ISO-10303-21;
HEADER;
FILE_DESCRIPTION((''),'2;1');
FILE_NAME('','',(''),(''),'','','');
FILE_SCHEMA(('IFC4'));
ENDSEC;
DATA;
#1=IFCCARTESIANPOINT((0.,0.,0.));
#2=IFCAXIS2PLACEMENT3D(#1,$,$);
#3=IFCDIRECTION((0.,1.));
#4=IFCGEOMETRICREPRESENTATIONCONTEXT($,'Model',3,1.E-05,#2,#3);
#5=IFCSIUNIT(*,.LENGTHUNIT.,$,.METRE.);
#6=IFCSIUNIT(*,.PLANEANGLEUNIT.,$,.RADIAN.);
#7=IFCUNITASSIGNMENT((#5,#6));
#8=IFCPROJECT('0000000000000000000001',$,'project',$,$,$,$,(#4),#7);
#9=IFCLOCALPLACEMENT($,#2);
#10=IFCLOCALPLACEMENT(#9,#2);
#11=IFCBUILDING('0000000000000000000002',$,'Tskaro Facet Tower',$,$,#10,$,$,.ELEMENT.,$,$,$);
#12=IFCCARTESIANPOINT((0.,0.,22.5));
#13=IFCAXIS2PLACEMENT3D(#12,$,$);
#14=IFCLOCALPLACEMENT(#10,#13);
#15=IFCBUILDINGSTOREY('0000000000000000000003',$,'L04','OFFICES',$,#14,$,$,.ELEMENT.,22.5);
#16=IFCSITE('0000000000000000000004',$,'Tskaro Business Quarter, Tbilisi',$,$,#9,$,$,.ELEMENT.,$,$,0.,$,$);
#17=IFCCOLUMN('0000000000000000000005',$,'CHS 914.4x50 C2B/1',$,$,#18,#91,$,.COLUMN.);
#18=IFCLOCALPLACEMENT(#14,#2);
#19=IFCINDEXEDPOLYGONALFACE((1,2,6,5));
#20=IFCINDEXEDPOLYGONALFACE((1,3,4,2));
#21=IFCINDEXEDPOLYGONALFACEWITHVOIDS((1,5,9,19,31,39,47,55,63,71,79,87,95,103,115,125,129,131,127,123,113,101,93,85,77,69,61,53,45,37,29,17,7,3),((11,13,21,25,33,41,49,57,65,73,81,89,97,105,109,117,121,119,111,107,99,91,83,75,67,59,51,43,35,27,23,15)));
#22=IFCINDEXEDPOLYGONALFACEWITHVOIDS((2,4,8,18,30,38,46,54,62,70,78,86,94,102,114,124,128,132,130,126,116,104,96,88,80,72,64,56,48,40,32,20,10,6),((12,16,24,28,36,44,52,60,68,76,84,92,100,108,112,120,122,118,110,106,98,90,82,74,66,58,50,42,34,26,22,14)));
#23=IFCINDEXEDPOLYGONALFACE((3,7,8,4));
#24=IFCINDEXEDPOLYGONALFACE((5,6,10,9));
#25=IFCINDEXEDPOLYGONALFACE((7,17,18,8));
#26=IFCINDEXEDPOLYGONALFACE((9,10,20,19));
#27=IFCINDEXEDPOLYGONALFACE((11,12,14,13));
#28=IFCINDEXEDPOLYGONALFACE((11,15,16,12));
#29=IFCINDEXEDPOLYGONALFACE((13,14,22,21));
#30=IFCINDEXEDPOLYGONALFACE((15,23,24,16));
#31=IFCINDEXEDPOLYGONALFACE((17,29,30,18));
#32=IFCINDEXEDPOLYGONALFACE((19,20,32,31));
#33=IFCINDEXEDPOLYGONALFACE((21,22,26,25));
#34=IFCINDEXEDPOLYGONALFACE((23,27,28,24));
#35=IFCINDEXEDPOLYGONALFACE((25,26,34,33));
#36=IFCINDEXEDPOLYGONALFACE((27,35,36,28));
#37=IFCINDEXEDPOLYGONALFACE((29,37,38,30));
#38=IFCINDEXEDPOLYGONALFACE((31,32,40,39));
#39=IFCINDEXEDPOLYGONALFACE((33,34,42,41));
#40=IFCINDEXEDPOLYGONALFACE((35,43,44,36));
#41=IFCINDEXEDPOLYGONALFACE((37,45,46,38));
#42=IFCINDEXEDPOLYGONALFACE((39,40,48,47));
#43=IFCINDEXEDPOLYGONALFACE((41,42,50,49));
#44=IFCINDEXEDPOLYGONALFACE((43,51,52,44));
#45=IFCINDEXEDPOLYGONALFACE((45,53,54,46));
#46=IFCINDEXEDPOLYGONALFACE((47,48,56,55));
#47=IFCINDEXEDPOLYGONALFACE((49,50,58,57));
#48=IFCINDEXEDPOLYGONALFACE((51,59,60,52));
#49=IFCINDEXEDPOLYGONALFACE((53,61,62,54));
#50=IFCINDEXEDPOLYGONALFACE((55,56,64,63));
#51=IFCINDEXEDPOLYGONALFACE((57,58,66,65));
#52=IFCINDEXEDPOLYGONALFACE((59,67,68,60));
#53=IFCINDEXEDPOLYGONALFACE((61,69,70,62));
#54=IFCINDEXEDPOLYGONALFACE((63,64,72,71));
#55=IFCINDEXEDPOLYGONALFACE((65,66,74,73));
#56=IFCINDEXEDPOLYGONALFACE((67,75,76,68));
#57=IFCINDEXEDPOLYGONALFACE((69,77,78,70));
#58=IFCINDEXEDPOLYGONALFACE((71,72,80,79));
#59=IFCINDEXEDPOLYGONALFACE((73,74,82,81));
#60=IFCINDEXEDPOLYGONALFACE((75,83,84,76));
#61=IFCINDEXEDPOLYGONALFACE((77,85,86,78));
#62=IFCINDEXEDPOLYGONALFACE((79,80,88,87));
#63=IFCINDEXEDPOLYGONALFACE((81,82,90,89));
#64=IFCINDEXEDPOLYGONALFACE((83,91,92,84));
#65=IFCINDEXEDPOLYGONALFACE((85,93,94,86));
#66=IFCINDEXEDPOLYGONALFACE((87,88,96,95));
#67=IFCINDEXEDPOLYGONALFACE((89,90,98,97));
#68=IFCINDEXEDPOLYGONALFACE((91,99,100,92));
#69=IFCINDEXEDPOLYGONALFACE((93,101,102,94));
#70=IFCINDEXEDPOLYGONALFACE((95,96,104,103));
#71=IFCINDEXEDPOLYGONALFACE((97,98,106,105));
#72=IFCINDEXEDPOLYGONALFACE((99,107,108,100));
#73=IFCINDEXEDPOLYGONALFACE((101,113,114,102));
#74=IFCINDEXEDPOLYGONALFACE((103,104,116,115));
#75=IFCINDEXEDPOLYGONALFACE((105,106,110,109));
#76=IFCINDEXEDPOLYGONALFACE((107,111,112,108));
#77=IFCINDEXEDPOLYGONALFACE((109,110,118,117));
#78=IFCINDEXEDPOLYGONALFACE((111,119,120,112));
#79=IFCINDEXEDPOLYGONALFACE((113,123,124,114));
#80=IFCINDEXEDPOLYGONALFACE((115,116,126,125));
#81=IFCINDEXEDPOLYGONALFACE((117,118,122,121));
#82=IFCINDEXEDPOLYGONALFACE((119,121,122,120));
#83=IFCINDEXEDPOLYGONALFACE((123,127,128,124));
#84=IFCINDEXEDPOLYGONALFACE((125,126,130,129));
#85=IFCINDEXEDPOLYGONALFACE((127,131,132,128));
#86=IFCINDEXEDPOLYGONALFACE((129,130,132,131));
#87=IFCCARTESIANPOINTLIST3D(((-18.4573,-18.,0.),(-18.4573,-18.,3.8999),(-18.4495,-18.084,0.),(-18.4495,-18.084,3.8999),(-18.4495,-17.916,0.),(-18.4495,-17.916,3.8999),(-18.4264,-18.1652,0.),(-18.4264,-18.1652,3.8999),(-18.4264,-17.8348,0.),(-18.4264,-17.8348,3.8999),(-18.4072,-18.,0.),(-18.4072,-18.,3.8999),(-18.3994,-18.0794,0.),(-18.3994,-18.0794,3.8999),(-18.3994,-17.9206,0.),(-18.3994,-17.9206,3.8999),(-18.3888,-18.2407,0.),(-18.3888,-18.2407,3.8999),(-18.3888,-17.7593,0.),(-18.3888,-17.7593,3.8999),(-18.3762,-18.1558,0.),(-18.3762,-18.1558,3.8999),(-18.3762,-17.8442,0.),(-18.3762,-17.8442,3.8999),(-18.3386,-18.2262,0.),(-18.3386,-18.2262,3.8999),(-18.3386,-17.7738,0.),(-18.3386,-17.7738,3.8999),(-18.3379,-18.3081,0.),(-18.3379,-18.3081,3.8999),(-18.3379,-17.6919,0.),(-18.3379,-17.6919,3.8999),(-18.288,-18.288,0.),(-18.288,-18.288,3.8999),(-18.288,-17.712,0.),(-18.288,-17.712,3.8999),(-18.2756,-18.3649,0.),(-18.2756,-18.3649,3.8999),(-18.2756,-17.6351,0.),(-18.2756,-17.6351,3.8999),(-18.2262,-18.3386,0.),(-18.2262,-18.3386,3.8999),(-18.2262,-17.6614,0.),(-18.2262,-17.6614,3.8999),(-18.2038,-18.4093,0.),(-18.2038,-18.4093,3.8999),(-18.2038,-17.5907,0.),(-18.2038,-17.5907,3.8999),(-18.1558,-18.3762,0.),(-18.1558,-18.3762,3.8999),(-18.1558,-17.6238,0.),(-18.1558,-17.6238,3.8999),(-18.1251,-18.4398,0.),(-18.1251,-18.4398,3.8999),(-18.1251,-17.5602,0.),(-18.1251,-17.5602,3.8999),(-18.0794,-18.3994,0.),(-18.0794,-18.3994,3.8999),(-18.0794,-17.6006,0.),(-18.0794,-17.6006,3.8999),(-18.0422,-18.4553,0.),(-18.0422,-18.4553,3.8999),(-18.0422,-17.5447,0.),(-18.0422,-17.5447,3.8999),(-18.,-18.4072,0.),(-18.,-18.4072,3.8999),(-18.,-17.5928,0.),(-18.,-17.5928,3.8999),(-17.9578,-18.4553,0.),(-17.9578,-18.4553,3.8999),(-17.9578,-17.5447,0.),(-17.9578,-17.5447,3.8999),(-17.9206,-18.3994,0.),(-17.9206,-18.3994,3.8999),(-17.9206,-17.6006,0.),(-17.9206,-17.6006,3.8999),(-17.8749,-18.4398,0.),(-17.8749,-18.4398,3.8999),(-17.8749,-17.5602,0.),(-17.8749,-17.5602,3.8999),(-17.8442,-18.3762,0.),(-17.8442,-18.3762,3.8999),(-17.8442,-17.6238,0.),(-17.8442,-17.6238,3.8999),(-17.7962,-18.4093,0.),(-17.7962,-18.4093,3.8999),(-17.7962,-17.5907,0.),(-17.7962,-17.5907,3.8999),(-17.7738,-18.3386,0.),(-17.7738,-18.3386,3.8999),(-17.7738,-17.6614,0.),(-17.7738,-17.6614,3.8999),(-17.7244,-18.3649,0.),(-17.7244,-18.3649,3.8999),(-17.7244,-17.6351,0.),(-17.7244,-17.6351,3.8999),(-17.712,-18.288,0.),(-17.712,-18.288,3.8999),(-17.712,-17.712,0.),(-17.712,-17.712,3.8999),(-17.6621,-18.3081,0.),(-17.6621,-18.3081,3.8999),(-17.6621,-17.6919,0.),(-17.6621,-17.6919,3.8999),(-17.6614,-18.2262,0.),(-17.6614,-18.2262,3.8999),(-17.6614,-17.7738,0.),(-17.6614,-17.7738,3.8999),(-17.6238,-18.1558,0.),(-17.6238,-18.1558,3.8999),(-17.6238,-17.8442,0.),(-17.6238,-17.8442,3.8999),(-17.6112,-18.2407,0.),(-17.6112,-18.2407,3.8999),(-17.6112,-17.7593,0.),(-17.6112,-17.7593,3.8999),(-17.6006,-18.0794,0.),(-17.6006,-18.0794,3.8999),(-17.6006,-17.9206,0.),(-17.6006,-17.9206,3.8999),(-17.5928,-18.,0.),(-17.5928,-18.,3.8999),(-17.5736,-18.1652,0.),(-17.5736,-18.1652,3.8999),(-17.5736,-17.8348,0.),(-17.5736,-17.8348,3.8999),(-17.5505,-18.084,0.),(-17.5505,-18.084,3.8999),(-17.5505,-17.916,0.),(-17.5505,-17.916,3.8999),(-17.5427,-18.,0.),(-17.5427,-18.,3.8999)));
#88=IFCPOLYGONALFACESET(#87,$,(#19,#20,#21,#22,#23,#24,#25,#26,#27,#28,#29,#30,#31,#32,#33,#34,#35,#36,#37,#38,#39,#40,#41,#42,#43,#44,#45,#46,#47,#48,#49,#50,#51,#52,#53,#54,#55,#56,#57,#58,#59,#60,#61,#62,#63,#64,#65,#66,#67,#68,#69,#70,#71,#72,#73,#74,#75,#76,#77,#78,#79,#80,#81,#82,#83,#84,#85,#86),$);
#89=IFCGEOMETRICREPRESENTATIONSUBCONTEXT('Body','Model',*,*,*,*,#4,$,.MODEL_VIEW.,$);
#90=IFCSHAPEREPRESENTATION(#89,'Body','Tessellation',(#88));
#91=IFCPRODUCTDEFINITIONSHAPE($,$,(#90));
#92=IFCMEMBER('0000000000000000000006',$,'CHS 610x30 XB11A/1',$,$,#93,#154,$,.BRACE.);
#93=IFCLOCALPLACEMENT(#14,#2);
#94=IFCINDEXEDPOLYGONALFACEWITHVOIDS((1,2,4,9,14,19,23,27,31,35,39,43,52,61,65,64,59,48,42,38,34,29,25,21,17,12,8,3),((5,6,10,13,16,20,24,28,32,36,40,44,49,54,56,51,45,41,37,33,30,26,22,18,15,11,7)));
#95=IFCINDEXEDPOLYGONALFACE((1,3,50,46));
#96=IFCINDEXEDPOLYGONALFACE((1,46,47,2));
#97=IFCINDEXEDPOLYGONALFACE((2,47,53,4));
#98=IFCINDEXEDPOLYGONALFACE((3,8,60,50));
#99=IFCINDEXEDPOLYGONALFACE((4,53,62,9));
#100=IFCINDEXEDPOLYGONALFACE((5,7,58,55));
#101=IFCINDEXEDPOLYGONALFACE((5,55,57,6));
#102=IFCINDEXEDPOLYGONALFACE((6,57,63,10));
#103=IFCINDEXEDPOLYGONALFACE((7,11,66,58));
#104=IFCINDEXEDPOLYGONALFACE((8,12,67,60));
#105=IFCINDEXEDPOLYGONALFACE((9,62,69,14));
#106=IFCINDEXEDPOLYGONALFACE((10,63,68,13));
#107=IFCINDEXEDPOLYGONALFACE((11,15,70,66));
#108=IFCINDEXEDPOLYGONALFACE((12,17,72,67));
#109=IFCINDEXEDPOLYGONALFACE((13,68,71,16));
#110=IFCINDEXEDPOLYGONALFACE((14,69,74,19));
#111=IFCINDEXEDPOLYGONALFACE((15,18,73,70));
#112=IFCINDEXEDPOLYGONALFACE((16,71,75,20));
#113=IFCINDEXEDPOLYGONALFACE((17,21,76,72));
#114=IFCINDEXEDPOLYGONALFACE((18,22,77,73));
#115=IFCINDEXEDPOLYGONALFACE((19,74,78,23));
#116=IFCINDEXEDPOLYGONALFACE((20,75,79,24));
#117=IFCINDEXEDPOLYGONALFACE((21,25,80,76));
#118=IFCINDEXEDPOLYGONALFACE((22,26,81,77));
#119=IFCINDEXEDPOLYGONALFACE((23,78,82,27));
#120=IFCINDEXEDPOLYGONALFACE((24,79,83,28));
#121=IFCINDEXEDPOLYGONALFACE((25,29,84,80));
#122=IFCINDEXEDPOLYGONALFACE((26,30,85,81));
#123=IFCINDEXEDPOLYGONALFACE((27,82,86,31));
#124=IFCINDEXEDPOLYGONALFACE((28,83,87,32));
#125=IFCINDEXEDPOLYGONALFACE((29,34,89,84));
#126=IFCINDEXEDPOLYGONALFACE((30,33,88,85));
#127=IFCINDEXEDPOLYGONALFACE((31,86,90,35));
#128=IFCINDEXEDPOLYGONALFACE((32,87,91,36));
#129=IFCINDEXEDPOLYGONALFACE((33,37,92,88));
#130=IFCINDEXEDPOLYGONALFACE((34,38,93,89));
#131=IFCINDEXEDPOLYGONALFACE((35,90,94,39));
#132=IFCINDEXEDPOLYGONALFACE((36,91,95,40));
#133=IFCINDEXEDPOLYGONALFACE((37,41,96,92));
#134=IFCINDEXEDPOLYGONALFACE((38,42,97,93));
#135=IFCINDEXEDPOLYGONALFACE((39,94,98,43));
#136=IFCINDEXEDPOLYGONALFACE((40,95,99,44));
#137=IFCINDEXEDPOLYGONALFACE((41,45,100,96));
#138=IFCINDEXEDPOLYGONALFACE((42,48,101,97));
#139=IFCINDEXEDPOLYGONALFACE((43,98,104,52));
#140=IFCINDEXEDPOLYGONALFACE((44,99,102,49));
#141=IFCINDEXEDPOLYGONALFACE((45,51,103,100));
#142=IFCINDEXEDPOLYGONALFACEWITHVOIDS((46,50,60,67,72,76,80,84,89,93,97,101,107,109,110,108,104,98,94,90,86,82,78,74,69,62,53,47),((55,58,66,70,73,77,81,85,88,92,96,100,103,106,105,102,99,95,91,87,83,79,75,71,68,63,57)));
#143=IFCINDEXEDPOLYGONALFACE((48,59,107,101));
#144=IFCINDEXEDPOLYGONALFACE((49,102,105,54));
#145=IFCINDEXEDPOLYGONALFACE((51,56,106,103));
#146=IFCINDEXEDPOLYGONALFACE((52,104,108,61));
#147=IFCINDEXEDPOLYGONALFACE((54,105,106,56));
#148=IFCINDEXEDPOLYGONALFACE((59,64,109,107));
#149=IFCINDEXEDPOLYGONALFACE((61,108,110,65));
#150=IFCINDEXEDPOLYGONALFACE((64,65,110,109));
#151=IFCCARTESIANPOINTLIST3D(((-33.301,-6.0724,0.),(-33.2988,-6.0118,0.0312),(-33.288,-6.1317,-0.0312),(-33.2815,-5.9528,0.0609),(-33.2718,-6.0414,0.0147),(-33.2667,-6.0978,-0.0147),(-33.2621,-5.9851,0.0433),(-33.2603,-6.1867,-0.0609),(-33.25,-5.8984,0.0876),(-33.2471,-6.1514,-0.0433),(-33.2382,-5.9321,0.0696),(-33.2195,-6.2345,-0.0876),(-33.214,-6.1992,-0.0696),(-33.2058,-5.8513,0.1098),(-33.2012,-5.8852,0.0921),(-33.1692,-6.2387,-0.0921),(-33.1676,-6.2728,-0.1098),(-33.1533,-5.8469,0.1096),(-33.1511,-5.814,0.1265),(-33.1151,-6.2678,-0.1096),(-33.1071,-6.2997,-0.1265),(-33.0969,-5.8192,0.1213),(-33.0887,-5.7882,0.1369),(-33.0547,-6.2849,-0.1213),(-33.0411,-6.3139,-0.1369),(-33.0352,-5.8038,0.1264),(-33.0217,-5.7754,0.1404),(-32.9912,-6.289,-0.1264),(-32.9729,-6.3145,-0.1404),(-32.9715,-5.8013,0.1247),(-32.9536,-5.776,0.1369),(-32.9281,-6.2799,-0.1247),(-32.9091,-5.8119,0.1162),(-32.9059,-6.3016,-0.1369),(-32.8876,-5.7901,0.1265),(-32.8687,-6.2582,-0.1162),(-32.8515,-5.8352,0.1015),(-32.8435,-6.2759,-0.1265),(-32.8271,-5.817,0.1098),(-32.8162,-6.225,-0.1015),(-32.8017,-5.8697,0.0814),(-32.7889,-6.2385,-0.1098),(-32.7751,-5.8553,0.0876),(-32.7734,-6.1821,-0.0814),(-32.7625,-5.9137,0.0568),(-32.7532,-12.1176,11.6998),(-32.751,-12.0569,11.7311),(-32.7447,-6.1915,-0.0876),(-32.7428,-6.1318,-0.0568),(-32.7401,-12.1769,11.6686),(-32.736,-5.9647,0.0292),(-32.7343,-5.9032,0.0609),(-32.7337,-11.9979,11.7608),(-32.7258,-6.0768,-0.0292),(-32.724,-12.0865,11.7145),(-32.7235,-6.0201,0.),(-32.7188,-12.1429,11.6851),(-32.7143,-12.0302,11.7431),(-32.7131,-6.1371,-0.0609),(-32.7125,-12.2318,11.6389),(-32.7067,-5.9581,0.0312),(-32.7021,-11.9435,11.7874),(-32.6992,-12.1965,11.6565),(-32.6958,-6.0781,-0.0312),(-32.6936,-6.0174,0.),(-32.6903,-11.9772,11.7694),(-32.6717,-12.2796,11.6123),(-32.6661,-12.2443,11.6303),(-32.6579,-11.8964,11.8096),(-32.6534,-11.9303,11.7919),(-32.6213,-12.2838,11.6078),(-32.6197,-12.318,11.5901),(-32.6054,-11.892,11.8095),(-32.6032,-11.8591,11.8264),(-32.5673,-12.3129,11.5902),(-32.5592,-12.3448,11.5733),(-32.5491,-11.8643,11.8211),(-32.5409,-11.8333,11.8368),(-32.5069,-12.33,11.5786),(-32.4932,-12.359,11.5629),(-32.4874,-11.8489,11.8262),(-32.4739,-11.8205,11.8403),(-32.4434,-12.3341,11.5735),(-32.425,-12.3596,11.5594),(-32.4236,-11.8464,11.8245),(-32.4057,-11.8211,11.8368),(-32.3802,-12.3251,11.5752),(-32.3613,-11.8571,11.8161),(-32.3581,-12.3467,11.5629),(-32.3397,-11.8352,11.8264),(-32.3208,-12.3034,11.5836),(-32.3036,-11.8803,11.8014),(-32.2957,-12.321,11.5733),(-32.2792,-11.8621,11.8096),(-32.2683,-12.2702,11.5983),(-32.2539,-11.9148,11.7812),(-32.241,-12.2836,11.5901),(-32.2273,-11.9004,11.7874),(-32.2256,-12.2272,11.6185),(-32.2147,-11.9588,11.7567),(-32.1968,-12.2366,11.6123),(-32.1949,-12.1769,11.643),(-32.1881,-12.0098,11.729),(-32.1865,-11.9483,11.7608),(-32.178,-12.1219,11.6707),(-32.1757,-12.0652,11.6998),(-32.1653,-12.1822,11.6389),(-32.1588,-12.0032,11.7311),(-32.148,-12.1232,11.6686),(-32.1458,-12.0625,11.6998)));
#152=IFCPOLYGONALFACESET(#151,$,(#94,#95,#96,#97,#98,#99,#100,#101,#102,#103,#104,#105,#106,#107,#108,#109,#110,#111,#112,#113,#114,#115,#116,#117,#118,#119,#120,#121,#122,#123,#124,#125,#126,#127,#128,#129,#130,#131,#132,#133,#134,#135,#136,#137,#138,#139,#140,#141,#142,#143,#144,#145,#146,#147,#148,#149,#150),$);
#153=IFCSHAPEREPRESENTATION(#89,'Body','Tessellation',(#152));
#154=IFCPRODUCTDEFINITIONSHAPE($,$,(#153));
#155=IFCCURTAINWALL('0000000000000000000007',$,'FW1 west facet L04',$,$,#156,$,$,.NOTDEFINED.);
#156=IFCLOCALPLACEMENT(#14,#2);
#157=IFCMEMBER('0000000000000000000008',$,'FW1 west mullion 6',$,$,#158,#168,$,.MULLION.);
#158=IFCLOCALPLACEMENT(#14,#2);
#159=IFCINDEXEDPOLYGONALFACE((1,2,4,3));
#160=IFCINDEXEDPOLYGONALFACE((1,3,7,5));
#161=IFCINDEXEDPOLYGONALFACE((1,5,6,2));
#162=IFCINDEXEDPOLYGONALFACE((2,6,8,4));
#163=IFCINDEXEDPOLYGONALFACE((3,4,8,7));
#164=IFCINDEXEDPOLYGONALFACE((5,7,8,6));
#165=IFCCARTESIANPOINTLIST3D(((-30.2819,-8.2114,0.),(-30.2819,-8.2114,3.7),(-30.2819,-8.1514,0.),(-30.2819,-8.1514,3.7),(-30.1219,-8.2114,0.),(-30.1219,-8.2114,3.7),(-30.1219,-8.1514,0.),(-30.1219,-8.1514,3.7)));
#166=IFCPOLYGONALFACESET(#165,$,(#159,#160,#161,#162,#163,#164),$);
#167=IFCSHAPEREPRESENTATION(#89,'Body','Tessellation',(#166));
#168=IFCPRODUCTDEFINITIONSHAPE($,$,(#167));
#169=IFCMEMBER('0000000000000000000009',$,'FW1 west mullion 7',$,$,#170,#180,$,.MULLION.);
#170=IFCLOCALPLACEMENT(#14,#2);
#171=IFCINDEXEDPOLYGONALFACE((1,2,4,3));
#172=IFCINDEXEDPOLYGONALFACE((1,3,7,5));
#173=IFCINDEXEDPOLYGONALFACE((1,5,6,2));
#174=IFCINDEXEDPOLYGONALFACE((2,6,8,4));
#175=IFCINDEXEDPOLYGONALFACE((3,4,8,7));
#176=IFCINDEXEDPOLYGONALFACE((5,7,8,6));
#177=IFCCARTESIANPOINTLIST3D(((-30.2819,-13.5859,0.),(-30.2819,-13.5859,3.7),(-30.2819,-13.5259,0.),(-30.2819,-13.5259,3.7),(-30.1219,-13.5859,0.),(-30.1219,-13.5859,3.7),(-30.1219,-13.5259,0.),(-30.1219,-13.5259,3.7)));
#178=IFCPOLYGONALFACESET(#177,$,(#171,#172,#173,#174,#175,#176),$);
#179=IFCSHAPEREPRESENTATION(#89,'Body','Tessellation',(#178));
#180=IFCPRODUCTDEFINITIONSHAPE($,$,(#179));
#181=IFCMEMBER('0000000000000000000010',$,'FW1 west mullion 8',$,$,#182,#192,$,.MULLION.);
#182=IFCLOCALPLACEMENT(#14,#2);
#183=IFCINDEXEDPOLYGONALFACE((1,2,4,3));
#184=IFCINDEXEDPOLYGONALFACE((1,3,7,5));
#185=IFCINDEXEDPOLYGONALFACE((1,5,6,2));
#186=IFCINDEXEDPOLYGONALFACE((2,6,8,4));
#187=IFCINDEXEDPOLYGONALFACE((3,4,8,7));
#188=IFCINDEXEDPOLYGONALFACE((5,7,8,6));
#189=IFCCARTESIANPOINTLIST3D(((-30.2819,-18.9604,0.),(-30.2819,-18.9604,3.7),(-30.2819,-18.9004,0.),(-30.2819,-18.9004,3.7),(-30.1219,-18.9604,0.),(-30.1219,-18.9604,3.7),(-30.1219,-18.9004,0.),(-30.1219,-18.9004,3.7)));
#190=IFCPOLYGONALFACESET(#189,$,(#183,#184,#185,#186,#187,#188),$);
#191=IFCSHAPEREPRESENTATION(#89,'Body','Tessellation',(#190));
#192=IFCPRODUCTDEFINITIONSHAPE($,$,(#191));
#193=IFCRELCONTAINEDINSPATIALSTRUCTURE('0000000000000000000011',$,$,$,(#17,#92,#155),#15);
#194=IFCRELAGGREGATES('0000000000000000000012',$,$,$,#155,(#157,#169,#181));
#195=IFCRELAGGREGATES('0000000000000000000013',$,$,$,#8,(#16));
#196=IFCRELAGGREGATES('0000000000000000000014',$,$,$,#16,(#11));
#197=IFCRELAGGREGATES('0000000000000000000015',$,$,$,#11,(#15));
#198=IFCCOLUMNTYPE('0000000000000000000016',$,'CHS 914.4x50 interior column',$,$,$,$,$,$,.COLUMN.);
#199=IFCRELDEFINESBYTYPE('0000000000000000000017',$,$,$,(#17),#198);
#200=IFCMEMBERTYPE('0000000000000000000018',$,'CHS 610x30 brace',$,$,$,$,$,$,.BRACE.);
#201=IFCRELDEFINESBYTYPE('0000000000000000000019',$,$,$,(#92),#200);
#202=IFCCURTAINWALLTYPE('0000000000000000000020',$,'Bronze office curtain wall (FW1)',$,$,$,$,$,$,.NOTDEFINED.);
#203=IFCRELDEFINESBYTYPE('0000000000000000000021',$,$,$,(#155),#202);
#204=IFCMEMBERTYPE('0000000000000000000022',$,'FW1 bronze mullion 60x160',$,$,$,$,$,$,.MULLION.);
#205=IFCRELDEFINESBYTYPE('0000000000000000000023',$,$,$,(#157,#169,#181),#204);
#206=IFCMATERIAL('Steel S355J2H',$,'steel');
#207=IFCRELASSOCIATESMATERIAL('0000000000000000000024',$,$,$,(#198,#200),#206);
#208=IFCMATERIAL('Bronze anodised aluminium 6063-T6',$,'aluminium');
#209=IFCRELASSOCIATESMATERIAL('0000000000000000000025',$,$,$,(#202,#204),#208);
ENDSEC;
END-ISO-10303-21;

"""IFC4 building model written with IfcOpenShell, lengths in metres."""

from ifc_helpers import new_model, si_unit, direction, frame, origin, origin_2d, place, context, subcontext, project, spatial, rectangle, hollow_circle, extrude, material, material_profile, profile_set, type_object, element, aggregate, save


model = new_model("IFC4")

# Units and contexts
model_context = context("Model", 3, precision=1e-05, world=origin(), true_north=direction((0.0, 1.0)))
body_context = subcontext(model_context, "Body", "Model", "MODEL_VIEW")
ifc_project = project(units=[si_unit("LENGTHUNIT", "METRE"), si_unit("PLANEANGLEUNIT", "RADIAN")], contexts=[model_context])

# Site, building, storey
site_placement = place(None, origin())
site = spatial("IfcSite", under=ifc_project, at=site_placement, Name="Tskaro Business Quarter, Tbilisi", CompositionType="ELEMENT", RefElevation=0.0)
building_placement = place(site_placement, origin())
building = spatial("IfcBuilding", under=site, at=building_placement, Name="Tskaro Facet Tower", CompositionType="ELEMENT")
storey_placement = place(building_placement, frame((0.0, 0.0, 22.5)))
storey = spatial("IfcBuildingStorey", under=building, at=storey_placement, Name="L04", Description="OFFICES", CompositionType="ELEMENT", Elevation=22.5)

# Column
ifc_material_1 = material(Name="Steel S355J2H", Category="steel")
ifc_material_profile_1 = material_profile(ifc_material_1, hollow_circle(Radius=0.4573, WallThickness=0.05, at=origin_2d()), Name="CHS 914.4x50")
ifc_profile_set_1 = profile_set([ifc_material_profile_1], Name="Steel S355J2H")
column_type_1 = type_object("IfcColumnType", Name="CHS 914.4x50 interior column", PredefinedType="COLUMN", material=ifc_profile_set_1)
column_placement = place(storey_placement, frame((-18.0, -18.0, 0.0), z_axis=(0.0, 0.0, 1.0), x_axis=(1.0, 0.0, 0.0)))
element("IfcColumn", 1, at=column_placement, inside=storey, type_object=column_type_1, Name="CHS 914.4x50 C2B/1", PredefinedType="COLUMN", context=body_context, shape_type="SweptSolid", body=[
    extrude(hollow_circle(Radius=0.4573, WallThickness=0.05, at=origin_2d()), origin(), (0.0, 0.0, 1.0), 3.8999),
])

# Member
ifc_material_profile_2 = material_profile(ifc_material_1, hollow_circle(Radius=0.3049, WallThickness=0.03, at=origin_2d()), Name="CHS 610x30")
ifc_profile_set_2 = profile_set([ifc_material_profile_2], Name="Steel S355J2H")
member_type_1 = type_object("IfcMemberType", Name="CHS 610x30 brace", PredefinedType="BRACE", material=ifc_profile_set_2)
member_1_placement = place(storey_placement, frame((-32.9973, -6.0449, 0.0), z_axis=(0.041564, -0.458635, 0.887652), x_axis=(0.995919, 0.090257, 0.0)))
element("IfcMember", 2, at=member_1_placement, inside=storey, type_object=member_type_1, Name="CHS 610x30 XB11A/1", PredefinedType="BRACE", context=body_context, shape_type="SweptSolid", body=[
    extrude(hollow_circle(Radius=0.3049, WallThickness=0.03, at=origin_2d()), origin(), (0.0, 0.0, 1.0), 13.1807),
])

# Curtain wall, members
ifc_material_2 = material(Name="Bronze anodised aluminium 6063-T6", Category="aluminium")
curtain_wall_type = type_object("IfcCurtainWallType", Name="Bronze office curtain wall (FW1)", PredefinedType="NOTDEFINED", material=ifc_material_2)
curtain_wall_placement = place(storey_placement, origin())
curtain_wall = element("IfcCurtainWall", 3, at=curtain_wall_placement, inside=storey, type_object=curtain_wall_type, Name="FW1 west facet L04", PredefinedType="NOTDEFINED")
ifc_material_profile_3 = material_profile(ifc_material_2, rectangle(XDim=0.0601, YDim=0.1599, at=origin_2d()), Name="Mullion 60x160")
ifc_profile_set_3 = profile_set([ifc_material_profile_3], Name="Bronze anodised aluminium 6063-T6")
member_type_2 = type_object("IfcMemberType", Name="FW1 bronze mullion 60x160", PredefinedType="MULLION", material=ifc_profile_set_3)
member_2_placement = place(storey_placement, frame((-30.2019, -8.1814, 0.0), z_axis=(0.0, 0.0, 1.0), x_axis=(0.0, -1.0, 0.0)))
member_2 = element("IfcMember", 4, at=member_2_placement, type_object=member_type_2, Name="FW1 west mullion 6", PredefinedType="MULLION", context=body_context, shape_type="SweptSolid", body=[
    extrude(rectangle(XDim=0.0601, YDim=0.1599, at=origin_2d()), origin(), (0.0, 0.0, 1.0), 3.7),
])
member_3_placement = place(storey_placement, frame((-30.2019, -13.5559, 0.0), z_axis=(0.0, 0.0, 1.0), x_axis=(0.0, -1.0, 0.0)))
member_3 = element("IfcMember", 5, at=member_3_placement, type_object=member_type_2, Name="FW1 west mullion 7", PredefinedType="MULLION", context=body_context, shape_type="SweptSolid", body=[
    extrude(rectangle(XDim=0.0601, YDim=0.1599, at=origin_2d()), origin(), (0.0, 0.0, 1.0), 3.7),
])
member_4_placement = place(storey_placement, frame((-30.2019, -18.9304, 0.0), z_axis=(0.0, 0.0, 1.0), x_axis=(0.0, -1.0, 0.0)))
member_4 = element("IfcMember", 6, at=member_4_placement, type_object=member_type_2, Name="FW1 west mullion 8", PredefinedType="MULLION", context=body_context, shape_type="SweptSolid", body=[
    extrude(rectangle(XDim=0.0601, YDim=0.1599, at=origin_2d()), origin(), (0.0, 0.0, 1.0), 3.7),
])

aggregate(curtain_wall, [member_2, member_3, member_4])

save(model, "model.ifc")
